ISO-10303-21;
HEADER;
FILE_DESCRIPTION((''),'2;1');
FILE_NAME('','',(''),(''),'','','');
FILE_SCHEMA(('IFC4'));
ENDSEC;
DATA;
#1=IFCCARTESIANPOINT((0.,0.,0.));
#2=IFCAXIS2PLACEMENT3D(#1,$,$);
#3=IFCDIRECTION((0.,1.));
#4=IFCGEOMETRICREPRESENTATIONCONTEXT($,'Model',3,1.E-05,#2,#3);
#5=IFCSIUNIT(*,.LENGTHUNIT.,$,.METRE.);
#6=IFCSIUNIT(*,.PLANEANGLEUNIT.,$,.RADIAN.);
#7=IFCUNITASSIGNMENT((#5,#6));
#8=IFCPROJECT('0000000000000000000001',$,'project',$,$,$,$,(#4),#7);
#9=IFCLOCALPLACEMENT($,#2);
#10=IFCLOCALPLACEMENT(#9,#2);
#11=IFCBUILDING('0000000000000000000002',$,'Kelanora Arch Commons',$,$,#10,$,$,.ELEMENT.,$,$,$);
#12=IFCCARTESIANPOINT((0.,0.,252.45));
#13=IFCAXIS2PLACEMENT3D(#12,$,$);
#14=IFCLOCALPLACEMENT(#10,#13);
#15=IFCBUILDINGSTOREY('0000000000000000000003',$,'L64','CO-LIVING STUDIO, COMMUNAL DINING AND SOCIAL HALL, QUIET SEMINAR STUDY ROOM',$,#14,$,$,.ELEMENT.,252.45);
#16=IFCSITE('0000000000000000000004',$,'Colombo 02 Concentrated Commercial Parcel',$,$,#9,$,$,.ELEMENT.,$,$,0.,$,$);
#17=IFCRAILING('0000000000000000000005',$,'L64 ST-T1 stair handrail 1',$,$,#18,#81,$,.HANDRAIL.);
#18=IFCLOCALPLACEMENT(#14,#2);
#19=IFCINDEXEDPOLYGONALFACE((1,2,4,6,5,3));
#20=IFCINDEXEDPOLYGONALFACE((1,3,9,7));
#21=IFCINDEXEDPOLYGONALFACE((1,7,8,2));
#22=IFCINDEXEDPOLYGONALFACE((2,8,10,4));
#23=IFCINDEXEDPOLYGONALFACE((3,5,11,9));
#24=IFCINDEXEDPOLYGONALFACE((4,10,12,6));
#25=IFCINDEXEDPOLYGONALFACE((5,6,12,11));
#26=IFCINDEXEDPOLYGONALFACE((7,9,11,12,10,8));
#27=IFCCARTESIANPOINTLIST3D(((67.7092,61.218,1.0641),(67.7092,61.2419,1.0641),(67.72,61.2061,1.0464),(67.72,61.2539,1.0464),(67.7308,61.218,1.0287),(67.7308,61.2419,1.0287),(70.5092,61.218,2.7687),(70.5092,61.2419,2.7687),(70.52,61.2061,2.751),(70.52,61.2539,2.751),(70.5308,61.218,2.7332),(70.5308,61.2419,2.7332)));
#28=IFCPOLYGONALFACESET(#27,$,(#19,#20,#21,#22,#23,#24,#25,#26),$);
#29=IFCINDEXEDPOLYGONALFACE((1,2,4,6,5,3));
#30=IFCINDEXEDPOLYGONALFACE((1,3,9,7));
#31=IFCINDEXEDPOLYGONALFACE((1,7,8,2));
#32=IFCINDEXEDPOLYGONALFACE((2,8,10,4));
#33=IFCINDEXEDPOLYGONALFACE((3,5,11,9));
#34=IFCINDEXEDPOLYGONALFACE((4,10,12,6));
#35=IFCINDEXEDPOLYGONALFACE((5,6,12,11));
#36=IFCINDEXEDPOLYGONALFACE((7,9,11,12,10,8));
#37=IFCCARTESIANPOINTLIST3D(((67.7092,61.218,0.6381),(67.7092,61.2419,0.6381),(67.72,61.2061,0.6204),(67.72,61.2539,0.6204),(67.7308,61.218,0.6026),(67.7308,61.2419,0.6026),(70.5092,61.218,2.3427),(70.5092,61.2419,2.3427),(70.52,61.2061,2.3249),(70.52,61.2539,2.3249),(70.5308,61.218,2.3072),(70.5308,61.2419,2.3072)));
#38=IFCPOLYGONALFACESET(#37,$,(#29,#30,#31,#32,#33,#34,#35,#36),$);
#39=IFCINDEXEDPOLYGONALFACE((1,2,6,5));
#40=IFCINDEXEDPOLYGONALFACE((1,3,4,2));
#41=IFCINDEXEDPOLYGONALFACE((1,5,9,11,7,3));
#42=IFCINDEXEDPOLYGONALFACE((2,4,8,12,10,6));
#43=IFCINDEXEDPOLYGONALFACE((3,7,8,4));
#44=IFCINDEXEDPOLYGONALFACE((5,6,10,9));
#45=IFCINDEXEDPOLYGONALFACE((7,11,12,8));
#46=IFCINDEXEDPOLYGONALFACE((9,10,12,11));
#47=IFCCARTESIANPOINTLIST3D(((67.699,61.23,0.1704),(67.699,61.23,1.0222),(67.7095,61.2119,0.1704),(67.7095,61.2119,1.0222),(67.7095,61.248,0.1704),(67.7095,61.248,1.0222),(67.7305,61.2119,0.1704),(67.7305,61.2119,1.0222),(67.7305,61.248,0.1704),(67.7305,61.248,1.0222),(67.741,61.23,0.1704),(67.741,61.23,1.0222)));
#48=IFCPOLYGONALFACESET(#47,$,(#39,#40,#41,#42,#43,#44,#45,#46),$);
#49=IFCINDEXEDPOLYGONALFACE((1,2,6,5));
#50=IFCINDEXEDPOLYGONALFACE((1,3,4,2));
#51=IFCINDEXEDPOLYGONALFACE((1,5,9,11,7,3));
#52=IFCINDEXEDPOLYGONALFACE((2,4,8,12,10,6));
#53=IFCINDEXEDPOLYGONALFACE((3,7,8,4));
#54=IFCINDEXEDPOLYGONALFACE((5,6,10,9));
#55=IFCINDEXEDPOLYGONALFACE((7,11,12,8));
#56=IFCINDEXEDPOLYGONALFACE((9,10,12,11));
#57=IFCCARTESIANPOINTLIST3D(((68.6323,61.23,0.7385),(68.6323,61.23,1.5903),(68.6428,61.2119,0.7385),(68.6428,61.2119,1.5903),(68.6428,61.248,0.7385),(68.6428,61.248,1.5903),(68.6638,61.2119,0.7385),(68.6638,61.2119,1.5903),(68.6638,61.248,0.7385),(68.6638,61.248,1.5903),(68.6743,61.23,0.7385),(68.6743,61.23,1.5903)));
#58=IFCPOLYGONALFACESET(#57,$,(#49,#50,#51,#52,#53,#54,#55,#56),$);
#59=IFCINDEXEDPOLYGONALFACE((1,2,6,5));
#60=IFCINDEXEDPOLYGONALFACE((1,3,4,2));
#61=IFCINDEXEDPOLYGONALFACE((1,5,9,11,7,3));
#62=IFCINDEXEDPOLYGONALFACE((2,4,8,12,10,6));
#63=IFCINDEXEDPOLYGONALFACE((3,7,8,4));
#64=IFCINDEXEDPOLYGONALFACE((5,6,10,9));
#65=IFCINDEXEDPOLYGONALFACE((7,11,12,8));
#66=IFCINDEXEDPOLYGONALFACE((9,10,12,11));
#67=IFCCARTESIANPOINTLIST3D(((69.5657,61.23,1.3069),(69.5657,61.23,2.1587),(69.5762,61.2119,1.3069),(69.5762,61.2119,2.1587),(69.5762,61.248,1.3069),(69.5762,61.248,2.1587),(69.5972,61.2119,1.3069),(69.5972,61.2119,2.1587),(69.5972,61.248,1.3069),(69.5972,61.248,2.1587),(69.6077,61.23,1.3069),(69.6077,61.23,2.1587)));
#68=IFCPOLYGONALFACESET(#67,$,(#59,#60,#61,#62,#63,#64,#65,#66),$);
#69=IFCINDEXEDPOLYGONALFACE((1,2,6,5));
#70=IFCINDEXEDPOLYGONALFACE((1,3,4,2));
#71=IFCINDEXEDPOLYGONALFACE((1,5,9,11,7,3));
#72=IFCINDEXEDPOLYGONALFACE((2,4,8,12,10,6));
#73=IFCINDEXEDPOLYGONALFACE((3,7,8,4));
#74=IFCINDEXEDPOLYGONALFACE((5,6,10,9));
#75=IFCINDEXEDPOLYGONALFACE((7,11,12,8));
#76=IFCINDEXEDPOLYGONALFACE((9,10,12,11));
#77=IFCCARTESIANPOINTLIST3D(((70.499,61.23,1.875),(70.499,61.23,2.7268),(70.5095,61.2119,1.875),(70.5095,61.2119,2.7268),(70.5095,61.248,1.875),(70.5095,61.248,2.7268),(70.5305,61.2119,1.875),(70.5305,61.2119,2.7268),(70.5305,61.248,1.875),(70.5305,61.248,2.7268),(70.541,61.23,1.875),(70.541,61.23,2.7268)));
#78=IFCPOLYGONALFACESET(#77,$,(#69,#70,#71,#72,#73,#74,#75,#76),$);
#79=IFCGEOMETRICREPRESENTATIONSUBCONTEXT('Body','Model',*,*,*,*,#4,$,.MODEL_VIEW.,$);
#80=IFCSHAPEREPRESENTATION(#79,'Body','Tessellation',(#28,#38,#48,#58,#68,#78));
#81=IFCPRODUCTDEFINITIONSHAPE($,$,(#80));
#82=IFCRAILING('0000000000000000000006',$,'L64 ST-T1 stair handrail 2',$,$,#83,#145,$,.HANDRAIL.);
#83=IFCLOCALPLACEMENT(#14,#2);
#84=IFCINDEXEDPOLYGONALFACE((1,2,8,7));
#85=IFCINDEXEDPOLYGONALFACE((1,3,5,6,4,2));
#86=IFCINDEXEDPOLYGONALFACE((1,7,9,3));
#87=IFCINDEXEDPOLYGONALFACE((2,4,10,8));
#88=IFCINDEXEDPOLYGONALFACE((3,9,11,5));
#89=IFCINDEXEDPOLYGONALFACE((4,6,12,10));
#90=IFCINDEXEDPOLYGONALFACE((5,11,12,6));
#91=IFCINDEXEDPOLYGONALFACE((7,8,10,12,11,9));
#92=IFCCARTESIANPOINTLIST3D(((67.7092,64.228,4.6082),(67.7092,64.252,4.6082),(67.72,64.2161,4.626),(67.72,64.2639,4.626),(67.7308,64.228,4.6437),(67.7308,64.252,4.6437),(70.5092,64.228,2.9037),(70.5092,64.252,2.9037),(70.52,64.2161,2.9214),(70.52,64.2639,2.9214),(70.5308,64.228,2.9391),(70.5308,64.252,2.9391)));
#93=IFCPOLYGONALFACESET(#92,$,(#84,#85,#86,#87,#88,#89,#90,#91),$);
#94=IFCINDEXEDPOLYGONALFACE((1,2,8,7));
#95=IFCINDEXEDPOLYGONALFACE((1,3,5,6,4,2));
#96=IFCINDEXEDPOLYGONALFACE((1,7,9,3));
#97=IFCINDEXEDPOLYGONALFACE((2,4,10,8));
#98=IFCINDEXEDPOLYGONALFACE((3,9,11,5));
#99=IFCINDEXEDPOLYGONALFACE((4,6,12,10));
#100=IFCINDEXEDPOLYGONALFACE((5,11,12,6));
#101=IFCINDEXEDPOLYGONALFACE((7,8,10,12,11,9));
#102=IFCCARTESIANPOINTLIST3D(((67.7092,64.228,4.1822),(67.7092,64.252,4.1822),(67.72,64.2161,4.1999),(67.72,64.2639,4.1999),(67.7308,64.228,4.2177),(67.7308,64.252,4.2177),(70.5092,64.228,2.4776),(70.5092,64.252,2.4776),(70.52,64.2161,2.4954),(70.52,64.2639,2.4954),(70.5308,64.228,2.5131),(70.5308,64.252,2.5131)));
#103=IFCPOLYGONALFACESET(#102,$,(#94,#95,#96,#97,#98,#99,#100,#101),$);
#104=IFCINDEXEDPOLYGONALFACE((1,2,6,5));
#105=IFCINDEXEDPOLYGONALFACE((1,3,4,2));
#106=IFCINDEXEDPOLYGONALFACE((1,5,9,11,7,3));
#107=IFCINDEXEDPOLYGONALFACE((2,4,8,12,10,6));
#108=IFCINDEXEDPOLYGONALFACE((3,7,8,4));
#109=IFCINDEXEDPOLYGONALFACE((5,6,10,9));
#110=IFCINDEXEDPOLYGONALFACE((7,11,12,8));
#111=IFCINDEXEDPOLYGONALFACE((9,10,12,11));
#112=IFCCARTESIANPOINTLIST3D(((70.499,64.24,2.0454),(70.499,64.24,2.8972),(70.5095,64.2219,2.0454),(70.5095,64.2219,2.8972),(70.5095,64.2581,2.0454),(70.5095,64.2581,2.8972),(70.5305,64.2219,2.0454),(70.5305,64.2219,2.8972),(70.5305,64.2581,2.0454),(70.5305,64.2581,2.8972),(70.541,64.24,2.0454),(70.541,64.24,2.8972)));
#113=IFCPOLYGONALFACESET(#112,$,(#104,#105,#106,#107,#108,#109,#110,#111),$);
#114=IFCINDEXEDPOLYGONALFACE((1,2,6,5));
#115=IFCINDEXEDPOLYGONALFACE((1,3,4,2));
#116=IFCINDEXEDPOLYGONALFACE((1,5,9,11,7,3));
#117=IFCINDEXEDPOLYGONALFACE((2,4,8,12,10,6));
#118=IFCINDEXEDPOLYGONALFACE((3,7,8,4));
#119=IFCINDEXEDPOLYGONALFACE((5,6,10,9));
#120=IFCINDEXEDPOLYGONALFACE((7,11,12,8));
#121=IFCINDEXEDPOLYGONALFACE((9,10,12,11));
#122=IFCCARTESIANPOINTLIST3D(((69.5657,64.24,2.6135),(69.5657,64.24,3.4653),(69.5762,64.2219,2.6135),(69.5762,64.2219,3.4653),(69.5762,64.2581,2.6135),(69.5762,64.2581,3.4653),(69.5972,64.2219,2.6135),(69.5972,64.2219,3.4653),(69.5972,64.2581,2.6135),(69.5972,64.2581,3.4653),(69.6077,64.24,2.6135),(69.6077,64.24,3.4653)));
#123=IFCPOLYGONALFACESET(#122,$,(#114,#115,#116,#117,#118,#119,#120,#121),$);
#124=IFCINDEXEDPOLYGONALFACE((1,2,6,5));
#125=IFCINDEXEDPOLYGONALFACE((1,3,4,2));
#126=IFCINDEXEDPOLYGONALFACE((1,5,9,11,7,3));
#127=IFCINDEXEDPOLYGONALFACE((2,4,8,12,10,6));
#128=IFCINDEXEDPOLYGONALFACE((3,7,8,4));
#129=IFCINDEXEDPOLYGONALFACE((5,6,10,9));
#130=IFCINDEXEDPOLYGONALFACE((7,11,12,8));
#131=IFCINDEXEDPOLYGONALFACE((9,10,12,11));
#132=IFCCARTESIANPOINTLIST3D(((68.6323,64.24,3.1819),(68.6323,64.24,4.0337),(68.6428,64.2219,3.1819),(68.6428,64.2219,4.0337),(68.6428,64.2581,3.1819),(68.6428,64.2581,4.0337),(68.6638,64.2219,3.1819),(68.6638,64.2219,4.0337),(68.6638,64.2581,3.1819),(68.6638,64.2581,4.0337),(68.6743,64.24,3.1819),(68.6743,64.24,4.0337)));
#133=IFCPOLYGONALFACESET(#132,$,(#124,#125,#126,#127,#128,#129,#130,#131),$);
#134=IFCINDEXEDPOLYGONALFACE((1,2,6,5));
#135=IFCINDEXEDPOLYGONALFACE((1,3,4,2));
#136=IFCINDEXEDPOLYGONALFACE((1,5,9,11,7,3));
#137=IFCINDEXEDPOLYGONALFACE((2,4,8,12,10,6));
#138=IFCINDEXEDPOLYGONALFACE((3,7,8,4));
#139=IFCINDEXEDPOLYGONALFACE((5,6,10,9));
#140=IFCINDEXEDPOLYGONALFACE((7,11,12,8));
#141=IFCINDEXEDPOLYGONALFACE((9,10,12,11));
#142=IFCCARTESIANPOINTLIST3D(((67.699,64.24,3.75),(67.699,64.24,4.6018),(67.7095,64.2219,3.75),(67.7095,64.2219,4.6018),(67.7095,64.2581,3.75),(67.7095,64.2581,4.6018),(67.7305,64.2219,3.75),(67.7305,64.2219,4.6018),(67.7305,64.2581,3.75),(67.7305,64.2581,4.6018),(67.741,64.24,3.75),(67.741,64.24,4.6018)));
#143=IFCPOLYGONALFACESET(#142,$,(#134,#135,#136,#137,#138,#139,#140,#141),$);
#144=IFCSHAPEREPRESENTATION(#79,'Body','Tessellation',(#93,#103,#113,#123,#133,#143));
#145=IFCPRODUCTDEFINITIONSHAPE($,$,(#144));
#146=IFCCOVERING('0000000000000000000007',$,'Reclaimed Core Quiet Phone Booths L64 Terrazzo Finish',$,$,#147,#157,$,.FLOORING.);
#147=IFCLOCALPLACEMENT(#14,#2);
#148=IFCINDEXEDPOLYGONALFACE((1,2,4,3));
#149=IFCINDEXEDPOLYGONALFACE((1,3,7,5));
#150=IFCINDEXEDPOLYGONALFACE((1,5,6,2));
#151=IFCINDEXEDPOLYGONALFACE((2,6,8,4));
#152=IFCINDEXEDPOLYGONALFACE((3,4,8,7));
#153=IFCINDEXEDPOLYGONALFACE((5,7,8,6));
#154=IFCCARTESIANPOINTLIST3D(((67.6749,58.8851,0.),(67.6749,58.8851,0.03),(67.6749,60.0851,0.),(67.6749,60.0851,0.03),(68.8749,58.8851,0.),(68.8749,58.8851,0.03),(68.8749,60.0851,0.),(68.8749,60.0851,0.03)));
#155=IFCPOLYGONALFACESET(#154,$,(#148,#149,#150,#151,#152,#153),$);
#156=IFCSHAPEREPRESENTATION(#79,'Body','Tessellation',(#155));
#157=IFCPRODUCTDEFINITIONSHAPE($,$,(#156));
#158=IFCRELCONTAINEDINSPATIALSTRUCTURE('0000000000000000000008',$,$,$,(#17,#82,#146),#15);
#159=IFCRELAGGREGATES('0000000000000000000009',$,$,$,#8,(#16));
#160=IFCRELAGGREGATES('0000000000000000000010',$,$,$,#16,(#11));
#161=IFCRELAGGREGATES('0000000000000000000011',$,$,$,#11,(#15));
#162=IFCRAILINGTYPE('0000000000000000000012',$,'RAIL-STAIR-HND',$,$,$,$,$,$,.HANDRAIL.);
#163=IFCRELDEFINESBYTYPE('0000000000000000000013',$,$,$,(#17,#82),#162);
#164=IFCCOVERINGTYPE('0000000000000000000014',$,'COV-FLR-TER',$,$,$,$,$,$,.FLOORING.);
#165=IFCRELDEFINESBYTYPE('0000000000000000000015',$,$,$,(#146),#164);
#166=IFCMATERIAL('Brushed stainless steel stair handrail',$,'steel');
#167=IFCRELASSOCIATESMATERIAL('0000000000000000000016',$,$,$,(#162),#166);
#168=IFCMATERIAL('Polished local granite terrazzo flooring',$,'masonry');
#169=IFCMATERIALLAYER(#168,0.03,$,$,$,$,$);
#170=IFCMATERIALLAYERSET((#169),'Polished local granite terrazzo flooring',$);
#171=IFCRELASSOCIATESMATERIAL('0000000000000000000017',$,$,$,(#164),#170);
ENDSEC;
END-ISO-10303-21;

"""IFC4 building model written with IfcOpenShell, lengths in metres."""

from ifc_helpers import new_model, si_unit, direction, frame, origin, origin_2d, place, context, subcontext, project, spatial, polyline, rectangle, outline, extrude, source, transform, mapped, material, layer, layer_set, type_object, element, save


model = new_model("IFC4")

# Units and contexts
model_context = context("Model", 3, precision=1e-05, world=origin(), true_north=direction((0.0, 1.0)))
body_context = subcontext(model_context, "Body", "Model", "MODEL_VIEW")
ifc_project = project(units=[si_unit("LENGTHUNIT", "METRE"), si_unit("PLANEANGLEUNIT", "RADIAN")], contexts=[model_context])

# Site, building, storey
site_placement = place(None, origin())
site = spatial("IfcSite", under=ifc_project, at=site_placement, Name="Colombo 02 Concentrated Commercial Parcel", CompositionType="ELEMENT", RefElevation=0.0)
building_placement = place(site_placement, origin())
building = spatial("IfcBuilding", under=site, at=building_placement, Name="Kelanora Arch Commons", CompositionType="ELEMENT")
storey_placement = place(building_placement, frame((0.0, 0.0, 252.45)))
storey = spatial("IfcBuildingStorey", under=building, at=storey_placement, Name="L64", Description="CO-LIVING STUDIO, COMMUNAL DINING AND SOCIAL HALL, QUIET SEMINAR STUDY ROOM", CompositionType="ELEMENT", Elevation=252.45)

# Railings
ifc_material_1 = material(Name="Brushed stainless steel stair handrail", Category="steel")
railing_type_1 = type_object("IfcRailingType", Name="RAIL-STAIR-HND", PredefinedType="HANDRAIL", material=ifc_material_1)
railing_1_placement = place(storey_placement, frame((67.72, 61.23, 0.1704)))
element("IfcRailing", 1, at=railing_1_placement, inside=storey, type_object=railing_type_1, Name="L64 ST-T1 stair handrail 1", PredefinedType="HANDRAIL", context=body_context, shape_type="SweptSolid", body=[
    extrude(outline(polyline([(0.0239, 0.0), (0.012, 0.0208), (-0.012, 0.0208), (-0.0239, 0.0), (-0.012, -0.0208), (0.012, -0.0208), (0.0239, 0.0)])), frame((0.0, 0.0, 0.876), z_axis=(0.85417, 0.0, 0.519994), x_axis=(0.0, 1.0, 0.0)), (0.0, 0.0, 1.0), 3.2781),
    extrude(outline(polyline([(0.0239, 0.0), (0.012, 0.0208), (-0.012, 0.0208), (-0.0239, 0.0), (-0.012, -0.0208), (0.012, -0.0208), (0.0239, 0.0)])), frame((0.0, 0.0, 0.45), z_axis=(0.85417, 0.0, 0.519994), x_axis=(0.0, 1.0, 0.0)), (0.0, 0.0, 1.0), 3.2781),
    extrude(outline(polyline([(0.021, 0.0), (0.0105, 0.0181), (-0.0105, 0.0181), (-0.021, 0.0), (-0.0105, -0.0181), (0.0105, -0.0181), (0.021, 0.0)])), origin(), (0.0, 0.0, 1.0), 0.8518),
    extrude(outline(polyline([(0.021, 0.0), (0.0105, 0.0181), (-0.0105, 0.0181), (-0.021, 0.0), (-0.0105, -0.0181), (0.0105, -0.0181), (0.021, 0.0)])), frame((0.9333, 0.0, 0.5681)), (0.0, 0.0, 1.0), 0.8518),
    extrude(outline(polyline([(0.021, 0.0), (0.0105, 0.0181), (-0.0105, 0.0181), (-0.021, 0.0), (-0.0105, -0.0181), (0.0105, -0.0181), (0.021, 0.0)])), frame((1.8667, 0.0, 1.1365)), (0.0, 0.0, 1.0), 0.8518),
    extrude(outline(polyline([(0.021, 0.0), (0.0105, 0.0181), (-0.0105, 0.0181), (-0.021, 0.0), (-0.0105, -0.0181), (0.0105, -0.0181), (0.021, 0.0)])), frame((2.8, 0.0, 1.7046)), (0.0, 0.0, 1.0), 0.8518),
])
railing_2_placement = place(storey_placement, frame((70.52, 64.24, 2.0454)))
element("IfcRailing", 2, at=railing_2_placement, inside=storey, type_object=railing_type_1, Name="L64 ST-T1 stair handrail 2", PredefinedType="HANDRAIL", context=body_context, shape_type="SweptSolid", body=[
    extrude(outline(polyline([(0.0239, 0.0), (0.012, 0.0208), (-0.012, 0.0208), (-0.0239, 0.0), (-0.012, -0.0208), (0.012, -0.0208), (0.0239, 0.0)])), frame((0.0, 0.0, 0.876), z_axis=(-0.85417, 0.0, 0.519994), x_axis=(0.0, -1.0, 0.0)), (0.0, 0.0, 1.0), 3.2781),
    extrude(outline(polyline([(0.0239, 0.0), (0.012, 0.0208), (-0.012, 0.0208), (-0.0239, 0.0), (-0.012, -0.0208), (0.012, -0.0208), (0.0239, 0.0)])), frame((0.0, 0.0, 0.45), z_axis=(-0.85417, 0.0, 0.519994), x_axis=(0.0, -1.0, 0.0)), (0.0, 0.0, 1.0), 3.2781),
    extrude(outline(polyline([(0.021, 0.0), (0.0105, 0.0181), (-0.0105, 0.0181), (-0.021, 0.0), (-0.0105, -0.0181), (0.0105, -0.0181), (0.021, 0.0)])), origin(), (0.0, 0.0, 1.0), 0.8518),
    extrude(outline(polyline([(0.021, 0.0), (0.0105, 0.0181), (-0.0105, 0.0181), (-0.021, 0.0), (-0.0105, -0.0181), (0.0105, -0.0181), (0.021, 0.0)])), frame((-0.9333, 0.0, 0.5681)), (0.0, 0.0, 1.0), 0.8518),
    extrude(outline(polyline([(0.021, 0.0), (0.0105, 0.0181), (-0.0105, 0.0181), (-0.021, 0.0), (-0.0105, -0.0181), (0.0105, -0.0181), (0.021, 0.0)])), frame((-1.8667, 0.0, 1.1365)), (0.0, 0.0, 1.0), 0.8518),
    extrude(outline(polyline([(0.021, 0.0), (0.0105, 0.0181), (-0.0105, 0.0181), (-0.021, 0.0), (-0.0105, -0.0181), (0.0105, -0.0181), (0.021, 0.0)])), frame((-2.8, 0.0, 1.7046)), (0.0, 0.0, 1.0), 0.8518),
])

# Covering
ifc_material_2 = material(Name="Polished local granite terrazzo flooring", Category="masonry")
ifc_layer_1 = layer(ifc_material_2, 0.03)
ifc_layer_set_1 = layer_set([ifc_layer_1], Name="Polished local granite terrazzo flooring")
covering_type = type_object("IfcCoveringType", Name="COV-FLR-TER", PredefinedType="FLOORING", material=ifc_layer_set_1)
shared_shape = source(origin(), body_context, "Body", "SweptSolid", [
    extrude(rectangle(XDim=1.2, YDim=1.2, at=origin_2d()), origin(), (0.0, 0.0, 1.0), 0.03),
])
covering_placement = place(storey_placement, frame((68.2749, 59.4851, 0.0), z_axis=(0.0, 0.0, 1.0), x_axis=(1.0, 0.0, 0.0)))
element("IfcCovering", 3, at=covering_placement, inside=storey, type_object=covering_type, Name="Reclaimed Core Quiet Phone Booths L64 Terrazzo Finish", PredefinedType="FLOORING", context=body_context, shape_type="MappedRepresentation", body=[
    mapped(shared_shape, transform((0.0, 0.0, 0.0), scale=1.0)),
])

save(model, "model.ifc")
